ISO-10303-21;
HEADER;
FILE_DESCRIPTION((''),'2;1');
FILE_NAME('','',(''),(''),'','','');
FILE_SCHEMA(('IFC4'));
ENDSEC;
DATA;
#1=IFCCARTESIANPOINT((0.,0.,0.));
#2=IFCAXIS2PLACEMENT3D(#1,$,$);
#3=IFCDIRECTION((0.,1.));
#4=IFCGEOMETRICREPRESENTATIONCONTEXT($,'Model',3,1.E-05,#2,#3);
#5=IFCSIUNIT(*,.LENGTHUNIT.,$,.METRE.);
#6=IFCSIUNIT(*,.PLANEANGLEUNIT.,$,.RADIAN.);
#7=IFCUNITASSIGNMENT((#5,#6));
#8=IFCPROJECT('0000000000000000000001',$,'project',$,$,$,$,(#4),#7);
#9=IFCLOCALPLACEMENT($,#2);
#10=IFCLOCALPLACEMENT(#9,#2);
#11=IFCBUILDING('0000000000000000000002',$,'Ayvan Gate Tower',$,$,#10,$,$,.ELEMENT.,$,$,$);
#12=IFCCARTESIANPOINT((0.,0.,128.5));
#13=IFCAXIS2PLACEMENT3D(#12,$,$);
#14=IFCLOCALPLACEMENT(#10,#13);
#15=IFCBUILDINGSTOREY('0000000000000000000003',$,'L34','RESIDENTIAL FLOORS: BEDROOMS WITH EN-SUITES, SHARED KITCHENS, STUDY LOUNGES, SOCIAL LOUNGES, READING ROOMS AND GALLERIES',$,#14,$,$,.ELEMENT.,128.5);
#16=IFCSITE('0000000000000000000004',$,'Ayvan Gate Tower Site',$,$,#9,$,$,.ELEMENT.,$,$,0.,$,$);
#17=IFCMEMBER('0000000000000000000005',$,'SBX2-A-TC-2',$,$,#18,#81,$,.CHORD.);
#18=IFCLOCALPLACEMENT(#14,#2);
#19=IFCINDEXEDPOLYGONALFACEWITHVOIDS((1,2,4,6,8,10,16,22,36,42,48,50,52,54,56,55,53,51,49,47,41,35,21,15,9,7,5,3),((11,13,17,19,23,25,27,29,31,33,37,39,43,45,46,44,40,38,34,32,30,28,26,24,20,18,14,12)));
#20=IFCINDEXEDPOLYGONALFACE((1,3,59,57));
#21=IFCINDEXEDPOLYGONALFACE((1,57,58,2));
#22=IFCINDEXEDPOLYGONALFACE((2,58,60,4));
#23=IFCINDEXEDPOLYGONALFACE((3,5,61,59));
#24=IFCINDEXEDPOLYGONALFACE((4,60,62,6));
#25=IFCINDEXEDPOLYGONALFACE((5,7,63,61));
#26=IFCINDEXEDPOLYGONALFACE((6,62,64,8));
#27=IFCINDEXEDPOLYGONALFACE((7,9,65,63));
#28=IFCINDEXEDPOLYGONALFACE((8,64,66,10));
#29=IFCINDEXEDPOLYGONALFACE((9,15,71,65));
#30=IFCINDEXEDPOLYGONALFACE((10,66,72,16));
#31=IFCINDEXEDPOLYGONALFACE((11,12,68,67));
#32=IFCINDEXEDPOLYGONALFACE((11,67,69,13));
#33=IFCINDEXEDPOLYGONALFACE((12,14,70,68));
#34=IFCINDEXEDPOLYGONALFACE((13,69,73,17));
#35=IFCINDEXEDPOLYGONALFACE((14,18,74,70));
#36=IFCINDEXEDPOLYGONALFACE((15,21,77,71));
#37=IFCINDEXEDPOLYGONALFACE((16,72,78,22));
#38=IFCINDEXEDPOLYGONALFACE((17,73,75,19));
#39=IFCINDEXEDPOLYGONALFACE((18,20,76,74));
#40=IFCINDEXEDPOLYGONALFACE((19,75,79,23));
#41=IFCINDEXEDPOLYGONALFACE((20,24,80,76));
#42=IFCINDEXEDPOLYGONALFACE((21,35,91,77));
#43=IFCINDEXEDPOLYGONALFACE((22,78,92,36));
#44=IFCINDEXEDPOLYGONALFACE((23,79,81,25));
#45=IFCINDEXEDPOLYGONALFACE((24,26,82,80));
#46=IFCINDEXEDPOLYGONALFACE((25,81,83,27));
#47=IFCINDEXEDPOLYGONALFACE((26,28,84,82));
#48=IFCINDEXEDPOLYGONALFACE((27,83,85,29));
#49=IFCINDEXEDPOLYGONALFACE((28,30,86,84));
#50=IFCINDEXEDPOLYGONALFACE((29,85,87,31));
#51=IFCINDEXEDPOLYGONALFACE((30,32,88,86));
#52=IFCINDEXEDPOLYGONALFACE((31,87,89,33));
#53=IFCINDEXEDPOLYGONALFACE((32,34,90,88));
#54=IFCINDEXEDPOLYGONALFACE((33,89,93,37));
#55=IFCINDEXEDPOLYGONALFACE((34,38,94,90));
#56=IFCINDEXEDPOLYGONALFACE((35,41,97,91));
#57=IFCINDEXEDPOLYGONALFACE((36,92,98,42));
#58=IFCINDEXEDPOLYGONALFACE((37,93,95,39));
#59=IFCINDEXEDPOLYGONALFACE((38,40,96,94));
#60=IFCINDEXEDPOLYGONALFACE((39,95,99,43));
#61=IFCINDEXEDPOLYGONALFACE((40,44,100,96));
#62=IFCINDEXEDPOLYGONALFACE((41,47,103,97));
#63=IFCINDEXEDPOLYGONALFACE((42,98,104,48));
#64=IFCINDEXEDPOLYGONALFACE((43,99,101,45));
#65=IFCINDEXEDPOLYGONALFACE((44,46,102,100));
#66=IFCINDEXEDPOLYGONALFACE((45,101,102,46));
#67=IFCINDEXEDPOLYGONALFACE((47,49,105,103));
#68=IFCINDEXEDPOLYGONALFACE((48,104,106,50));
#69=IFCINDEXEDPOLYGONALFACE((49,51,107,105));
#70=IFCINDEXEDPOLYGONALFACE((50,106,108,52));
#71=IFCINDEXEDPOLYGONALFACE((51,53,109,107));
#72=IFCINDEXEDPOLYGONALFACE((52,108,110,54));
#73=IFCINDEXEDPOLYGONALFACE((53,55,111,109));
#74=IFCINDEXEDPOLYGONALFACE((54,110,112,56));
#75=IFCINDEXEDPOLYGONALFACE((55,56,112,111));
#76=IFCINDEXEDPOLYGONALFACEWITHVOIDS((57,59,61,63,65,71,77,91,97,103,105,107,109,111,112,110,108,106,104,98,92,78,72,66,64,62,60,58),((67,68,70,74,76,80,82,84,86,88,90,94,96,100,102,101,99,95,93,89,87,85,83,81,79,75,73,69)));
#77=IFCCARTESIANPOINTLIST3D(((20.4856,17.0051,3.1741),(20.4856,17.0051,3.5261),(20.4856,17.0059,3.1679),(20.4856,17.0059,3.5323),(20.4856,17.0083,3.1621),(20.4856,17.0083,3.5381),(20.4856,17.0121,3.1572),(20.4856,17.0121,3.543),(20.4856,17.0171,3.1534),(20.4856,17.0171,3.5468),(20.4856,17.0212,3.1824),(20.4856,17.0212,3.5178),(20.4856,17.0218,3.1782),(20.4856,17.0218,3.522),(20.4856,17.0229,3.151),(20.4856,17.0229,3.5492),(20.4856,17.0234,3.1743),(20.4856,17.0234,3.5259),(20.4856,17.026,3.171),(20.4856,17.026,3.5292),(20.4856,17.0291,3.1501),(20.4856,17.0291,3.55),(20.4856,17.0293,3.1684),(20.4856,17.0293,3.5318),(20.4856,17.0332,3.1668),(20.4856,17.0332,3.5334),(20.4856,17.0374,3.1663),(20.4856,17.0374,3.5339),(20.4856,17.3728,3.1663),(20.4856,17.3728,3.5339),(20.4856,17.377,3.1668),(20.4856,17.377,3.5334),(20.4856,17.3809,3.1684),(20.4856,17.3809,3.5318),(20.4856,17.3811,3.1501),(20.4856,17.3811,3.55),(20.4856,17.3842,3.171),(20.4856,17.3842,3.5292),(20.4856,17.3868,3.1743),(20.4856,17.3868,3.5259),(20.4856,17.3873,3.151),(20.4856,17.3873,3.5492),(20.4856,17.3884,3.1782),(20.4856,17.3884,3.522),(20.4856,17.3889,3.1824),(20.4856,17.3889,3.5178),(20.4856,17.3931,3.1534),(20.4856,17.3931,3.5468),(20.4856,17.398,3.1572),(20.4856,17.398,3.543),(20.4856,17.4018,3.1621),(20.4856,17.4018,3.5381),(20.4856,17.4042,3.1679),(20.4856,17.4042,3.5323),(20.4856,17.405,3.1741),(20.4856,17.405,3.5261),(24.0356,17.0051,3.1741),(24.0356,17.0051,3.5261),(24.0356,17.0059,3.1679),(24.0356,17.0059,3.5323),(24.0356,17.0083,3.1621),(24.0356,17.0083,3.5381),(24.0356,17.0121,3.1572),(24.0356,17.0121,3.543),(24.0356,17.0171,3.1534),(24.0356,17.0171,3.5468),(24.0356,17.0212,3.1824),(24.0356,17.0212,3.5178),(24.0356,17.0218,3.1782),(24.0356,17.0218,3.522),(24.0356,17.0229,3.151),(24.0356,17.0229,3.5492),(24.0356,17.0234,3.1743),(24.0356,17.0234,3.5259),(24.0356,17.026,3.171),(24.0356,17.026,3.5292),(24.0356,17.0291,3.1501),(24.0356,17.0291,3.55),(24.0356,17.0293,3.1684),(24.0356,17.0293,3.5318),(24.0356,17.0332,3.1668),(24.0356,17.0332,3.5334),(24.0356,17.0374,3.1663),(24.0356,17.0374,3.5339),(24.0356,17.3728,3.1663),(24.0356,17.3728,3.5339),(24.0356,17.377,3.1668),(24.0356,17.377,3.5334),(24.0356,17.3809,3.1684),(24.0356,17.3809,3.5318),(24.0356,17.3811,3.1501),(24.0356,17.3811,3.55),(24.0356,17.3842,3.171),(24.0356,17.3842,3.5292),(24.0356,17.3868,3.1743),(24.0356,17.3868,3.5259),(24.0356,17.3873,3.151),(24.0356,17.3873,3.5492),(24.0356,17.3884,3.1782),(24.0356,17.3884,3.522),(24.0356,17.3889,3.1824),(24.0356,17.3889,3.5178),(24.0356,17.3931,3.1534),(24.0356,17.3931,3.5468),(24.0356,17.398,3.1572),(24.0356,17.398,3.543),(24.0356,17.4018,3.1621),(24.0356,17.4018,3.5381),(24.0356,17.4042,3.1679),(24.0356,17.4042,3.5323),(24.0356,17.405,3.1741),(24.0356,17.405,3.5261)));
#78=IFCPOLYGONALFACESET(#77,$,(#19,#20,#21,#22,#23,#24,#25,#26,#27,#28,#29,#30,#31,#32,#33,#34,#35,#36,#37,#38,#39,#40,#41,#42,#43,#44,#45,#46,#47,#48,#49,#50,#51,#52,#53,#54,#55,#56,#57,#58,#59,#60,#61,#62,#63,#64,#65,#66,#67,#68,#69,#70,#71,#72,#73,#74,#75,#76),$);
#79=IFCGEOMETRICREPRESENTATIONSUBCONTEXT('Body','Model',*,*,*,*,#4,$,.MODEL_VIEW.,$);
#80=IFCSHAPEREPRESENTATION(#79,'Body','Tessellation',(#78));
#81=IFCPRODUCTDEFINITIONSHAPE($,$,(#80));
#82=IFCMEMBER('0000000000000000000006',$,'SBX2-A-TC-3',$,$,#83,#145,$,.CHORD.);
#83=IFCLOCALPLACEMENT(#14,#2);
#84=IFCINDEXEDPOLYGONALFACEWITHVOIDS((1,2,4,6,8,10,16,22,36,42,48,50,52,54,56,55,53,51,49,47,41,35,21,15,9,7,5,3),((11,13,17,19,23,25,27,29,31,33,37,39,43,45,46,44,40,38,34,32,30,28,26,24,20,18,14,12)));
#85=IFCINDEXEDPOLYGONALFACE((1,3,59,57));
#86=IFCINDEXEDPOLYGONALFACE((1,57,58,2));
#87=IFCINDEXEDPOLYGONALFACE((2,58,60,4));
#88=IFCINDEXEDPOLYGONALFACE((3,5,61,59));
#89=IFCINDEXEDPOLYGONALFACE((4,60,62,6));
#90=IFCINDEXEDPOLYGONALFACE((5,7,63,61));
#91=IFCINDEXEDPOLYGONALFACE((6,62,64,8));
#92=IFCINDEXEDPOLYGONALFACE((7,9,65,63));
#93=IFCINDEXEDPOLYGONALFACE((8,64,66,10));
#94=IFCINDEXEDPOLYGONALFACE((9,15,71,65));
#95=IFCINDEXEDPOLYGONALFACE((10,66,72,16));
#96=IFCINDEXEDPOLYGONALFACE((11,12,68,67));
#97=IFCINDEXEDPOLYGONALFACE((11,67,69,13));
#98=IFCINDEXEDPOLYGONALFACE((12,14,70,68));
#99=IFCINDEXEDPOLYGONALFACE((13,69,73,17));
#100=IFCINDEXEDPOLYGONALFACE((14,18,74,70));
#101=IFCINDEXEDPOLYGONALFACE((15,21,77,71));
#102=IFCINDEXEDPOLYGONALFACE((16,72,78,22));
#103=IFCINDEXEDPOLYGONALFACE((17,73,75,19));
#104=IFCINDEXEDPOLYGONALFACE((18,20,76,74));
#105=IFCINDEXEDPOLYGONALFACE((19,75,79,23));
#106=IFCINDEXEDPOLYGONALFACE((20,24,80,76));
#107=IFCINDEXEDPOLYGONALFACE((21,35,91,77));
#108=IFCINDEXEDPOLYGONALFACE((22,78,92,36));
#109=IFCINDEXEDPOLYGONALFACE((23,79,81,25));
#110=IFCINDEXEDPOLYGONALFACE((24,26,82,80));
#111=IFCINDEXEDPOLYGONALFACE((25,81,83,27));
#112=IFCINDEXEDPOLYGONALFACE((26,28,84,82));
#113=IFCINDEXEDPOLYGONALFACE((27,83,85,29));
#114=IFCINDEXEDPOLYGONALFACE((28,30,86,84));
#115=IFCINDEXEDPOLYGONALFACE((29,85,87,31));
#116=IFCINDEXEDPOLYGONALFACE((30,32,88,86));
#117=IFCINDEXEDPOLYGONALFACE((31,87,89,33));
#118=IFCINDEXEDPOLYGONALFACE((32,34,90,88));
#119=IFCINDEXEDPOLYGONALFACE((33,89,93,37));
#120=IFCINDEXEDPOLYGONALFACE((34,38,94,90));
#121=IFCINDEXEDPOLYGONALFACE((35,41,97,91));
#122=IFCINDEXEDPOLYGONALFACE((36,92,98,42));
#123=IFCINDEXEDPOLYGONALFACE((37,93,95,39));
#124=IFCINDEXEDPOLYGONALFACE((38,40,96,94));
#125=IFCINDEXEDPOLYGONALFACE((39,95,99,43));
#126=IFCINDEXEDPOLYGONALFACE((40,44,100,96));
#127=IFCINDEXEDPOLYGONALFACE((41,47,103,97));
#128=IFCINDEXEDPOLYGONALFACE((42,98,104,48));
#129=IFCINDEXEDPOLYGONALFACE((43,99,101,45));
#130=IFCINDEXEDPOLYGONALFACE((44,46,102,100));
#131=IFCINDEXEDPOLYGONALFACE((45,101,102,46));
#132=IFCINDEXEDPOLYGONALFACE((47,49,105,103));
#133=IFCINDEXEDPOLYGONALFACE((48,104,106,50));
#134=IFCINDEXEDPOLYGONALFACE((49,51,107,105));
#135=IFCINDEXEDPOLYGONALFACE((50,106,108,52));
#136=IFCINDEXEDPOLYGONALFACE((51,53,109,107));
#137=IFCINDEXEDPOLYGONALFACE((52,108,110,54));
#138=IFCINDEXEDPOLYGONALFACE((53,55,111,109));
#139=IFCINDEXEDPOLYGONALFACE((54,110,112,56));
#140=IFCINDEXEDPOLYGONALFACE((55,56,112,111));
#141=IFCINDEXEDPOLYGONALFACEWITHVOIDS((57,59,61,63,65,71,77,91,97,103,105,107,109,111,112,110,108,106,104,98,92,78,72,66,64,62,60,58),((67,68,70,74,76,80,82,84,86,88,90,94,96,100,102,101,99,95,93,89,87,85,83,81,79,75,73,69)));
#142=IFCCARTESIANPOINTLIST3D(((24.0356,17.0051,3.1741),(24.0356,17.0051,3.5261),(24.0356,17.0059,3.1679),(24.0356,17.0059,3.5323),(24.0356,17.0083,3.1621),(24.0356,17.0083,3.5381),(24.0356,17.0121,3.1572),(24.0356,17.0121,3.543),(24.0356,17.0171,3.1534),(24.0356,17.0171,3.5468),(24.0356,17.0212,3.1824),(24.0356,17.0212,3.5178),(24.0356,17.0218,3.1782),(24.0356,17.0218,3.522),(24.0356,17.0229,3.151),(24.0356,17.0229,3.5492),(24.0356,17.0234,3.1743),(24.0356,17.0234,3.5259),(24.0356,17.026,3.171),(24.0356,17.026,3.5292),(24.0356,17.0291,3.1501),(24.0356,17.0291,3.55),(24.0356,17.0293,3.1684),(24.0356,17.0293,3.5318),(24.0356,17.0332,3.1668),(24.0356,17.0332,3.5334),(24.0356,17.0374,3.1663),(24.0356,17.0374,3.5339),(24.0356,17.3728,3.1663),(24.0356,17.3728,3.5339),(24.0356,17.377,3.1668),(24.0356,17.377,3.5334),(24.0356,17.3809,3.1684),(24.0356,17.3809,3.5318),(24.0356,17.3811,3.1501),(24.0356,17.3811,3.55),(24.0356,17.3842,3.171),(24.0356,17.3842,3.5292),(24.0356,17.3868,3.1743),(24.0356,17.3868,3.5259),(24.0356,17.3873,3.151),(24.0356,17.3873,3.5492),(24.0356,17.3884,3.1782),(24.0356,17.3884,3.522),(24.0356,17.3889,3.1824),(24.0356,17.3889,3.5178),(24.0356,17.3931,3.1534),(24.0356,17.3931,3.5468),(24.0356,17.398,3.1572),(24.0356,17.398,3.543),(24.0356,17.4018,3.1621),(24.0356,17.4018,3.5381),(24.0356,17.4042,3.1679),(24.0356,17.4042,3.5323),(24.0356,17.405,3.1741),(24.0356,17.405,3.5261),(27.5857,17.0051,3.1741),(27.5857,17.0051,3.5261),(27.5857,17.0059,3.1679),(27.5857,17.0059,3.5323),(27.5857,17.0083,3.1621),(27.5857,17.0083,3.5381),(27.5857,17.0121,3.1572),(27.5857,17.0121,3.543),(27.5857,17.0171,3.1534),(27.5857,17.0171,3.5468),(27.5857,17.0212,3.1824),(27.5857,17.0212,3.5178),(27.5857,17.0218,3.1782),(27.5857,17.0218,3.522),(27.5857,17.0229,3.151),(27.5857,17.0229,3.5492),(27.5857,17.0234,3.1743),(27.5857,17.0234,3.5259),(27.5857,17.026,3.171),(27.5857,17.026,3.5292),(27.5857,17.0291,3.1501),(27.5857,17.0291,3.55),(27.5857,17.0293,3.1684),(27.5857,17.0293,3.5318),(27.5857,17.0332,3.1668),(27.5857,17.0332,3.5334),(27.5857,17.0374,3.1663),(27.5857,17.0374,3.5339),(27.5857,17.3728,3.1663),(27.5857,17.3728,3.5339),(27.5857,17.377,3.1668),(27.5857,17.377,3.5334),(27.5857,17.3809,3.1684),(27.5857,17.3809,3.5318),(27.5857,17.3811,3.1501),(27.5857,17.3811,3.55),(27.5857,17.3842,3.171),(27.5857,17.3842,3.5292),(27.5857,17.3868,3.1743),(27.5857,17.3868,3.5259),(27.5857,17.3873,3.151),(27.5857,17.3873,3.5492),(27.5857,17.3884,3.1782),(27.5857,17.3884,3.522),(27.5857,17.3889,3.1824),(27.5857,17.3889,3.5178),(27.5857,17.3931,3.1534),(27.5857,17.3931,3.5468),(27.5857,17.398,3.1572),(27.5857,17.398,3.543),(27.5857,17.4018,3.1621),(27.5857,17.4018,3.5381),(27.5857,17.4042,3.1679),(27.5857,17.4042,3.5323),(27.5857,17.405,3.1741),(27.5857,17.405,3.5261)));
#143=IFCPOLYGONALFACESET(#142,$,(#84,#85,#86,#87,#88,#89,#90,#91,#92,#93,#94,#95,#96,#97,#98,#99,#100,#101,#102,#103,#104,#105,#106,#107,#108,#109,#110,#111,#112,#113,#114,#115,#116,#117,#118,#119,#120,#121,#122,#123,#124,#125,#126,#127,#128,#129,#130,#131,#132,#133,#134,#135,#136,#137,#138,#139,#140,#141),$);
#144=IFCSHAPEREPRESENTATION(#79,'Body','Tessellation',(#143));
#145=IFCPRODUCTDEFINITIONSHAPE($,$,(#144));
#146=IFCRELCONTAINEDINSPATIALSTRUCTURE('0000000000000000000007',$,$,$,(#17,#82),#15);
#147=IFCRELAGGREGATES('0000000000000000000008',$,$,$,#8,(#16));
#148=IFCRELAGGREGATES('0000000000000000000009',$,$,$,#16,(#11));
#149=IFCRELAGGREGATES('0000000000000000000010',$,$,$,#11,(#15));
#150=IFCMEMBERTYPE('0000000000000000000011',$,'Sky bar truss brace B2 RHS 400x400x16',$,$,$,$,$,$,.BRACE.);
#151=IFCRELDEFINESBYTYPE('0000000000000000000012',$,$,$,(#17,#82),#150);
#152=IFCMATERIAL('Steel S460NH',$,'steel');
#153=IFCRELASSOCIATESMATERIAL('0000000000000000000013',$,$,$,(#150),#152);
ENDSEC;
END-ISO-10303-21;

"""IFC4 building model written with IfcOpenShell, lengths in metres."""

from ifc_helpers import new_model, si_unit, direction, frame, origin, origin_2d, place, context, subcontext, project, spatial, hollow_rectangle, extrude, material, material_profile, profile_set, type_object, element, save


model = new_model("IFC4")

# Units and contexts
model_context = context("Model", 3, precision=1e-05, world=origin(), true_north=direction((0.0, 1.0)))
body_context = subcontext(model_context, "Body", "Model", "MODEL_VIEW")
ifc_project = project(units=[si_unit("LENGTHUNIT", "METRE"), si_unit("PLANEANGLEUNIT", "RADIAN")], contexts=[model_context])

# Site, building, storey
site_placement = place(None, origin())
site = spatial("IfcSite", under=ifc_project, at=site_placement, Name="Ayvan Gate Tower Site", CompositionType="ELEMENT", RefElevation=0.0)
building_placement = place(site_placement, origin())
building = spatial("IfcBuilding", under=site, at=building_placement, Name="Ayvan Gate Tower", CompositionType="ELEMENT")
storey_placement = place(building_placement, frame((0.0, 0.0, 128.5)))
storey = spatial("IfcBuildingStorey", under=building, at=storey_placement, Name="L34", Description="RESIDENTIAL FLOORS: BEDROOMS WITH EN-SUITES, SHARED KITCHENS, STUDY LOUNGES, SOCIAL LOUNGES, READING ROOMS AND GALLERIES", CompositionType="ELEMENT", Elevation=128.5)

# Members
ifc_material_1 = material(Name="Steel S460NH", Category="steel")
ifc_material_profile_1 = material_profile(ifc_material_1, hollow_rectangle(XDim=0.3999, YDim=0.3999, WallThickness=0.0161, InnerFilletRadius=0.0161, OuterFilletRadius=0.0239, at=origin_2d()), Name="RHS 400x400x16")
ifc_profile_set_1 = profile_set([ifc_material_profile_1], Name="Steel S460NH")
member_type_1 = type_object("IfcMemberType", Name="Sky bar truss brace B2 RHS 400x400x16", PredefinedType="BRACE", material=ifc_profile_set_1)
for number, where, z_axis, x_axis, name in (
    (1, (20.4856, 17.2051, 3.3501), (1.0, 0.0, 0.0), (0.0, 1.0, 0.0), "SBX2-A-TC-2"),
    (2, (24.0356, 17.2051, 3.3501), (1.0, 0.0, 0.0), (0.0, 1.0, 0.0), "SBX2-A-TC-3"),
):
    element("IfcMember", number, at=place(storey_placement, frame(where, z_axis=z_axis, x_axis=x_axis)), inside=storey, type_object=member_type_1, Name=name, PredefinedType="CHORD", context=body_context, shape_type="SweptSolid", body=[
        extrude(hollow_rectangle(XDim=0.3999, YDim=0.3999, WallThickness=0.0161, InnerFilletRadius=0.0161, OuterFilletRadius=0.0239, at=origin_2d()), origin(), (0.0, 0.0, 1.0), 3.55),
    ])

save(model, "model.ifc")
